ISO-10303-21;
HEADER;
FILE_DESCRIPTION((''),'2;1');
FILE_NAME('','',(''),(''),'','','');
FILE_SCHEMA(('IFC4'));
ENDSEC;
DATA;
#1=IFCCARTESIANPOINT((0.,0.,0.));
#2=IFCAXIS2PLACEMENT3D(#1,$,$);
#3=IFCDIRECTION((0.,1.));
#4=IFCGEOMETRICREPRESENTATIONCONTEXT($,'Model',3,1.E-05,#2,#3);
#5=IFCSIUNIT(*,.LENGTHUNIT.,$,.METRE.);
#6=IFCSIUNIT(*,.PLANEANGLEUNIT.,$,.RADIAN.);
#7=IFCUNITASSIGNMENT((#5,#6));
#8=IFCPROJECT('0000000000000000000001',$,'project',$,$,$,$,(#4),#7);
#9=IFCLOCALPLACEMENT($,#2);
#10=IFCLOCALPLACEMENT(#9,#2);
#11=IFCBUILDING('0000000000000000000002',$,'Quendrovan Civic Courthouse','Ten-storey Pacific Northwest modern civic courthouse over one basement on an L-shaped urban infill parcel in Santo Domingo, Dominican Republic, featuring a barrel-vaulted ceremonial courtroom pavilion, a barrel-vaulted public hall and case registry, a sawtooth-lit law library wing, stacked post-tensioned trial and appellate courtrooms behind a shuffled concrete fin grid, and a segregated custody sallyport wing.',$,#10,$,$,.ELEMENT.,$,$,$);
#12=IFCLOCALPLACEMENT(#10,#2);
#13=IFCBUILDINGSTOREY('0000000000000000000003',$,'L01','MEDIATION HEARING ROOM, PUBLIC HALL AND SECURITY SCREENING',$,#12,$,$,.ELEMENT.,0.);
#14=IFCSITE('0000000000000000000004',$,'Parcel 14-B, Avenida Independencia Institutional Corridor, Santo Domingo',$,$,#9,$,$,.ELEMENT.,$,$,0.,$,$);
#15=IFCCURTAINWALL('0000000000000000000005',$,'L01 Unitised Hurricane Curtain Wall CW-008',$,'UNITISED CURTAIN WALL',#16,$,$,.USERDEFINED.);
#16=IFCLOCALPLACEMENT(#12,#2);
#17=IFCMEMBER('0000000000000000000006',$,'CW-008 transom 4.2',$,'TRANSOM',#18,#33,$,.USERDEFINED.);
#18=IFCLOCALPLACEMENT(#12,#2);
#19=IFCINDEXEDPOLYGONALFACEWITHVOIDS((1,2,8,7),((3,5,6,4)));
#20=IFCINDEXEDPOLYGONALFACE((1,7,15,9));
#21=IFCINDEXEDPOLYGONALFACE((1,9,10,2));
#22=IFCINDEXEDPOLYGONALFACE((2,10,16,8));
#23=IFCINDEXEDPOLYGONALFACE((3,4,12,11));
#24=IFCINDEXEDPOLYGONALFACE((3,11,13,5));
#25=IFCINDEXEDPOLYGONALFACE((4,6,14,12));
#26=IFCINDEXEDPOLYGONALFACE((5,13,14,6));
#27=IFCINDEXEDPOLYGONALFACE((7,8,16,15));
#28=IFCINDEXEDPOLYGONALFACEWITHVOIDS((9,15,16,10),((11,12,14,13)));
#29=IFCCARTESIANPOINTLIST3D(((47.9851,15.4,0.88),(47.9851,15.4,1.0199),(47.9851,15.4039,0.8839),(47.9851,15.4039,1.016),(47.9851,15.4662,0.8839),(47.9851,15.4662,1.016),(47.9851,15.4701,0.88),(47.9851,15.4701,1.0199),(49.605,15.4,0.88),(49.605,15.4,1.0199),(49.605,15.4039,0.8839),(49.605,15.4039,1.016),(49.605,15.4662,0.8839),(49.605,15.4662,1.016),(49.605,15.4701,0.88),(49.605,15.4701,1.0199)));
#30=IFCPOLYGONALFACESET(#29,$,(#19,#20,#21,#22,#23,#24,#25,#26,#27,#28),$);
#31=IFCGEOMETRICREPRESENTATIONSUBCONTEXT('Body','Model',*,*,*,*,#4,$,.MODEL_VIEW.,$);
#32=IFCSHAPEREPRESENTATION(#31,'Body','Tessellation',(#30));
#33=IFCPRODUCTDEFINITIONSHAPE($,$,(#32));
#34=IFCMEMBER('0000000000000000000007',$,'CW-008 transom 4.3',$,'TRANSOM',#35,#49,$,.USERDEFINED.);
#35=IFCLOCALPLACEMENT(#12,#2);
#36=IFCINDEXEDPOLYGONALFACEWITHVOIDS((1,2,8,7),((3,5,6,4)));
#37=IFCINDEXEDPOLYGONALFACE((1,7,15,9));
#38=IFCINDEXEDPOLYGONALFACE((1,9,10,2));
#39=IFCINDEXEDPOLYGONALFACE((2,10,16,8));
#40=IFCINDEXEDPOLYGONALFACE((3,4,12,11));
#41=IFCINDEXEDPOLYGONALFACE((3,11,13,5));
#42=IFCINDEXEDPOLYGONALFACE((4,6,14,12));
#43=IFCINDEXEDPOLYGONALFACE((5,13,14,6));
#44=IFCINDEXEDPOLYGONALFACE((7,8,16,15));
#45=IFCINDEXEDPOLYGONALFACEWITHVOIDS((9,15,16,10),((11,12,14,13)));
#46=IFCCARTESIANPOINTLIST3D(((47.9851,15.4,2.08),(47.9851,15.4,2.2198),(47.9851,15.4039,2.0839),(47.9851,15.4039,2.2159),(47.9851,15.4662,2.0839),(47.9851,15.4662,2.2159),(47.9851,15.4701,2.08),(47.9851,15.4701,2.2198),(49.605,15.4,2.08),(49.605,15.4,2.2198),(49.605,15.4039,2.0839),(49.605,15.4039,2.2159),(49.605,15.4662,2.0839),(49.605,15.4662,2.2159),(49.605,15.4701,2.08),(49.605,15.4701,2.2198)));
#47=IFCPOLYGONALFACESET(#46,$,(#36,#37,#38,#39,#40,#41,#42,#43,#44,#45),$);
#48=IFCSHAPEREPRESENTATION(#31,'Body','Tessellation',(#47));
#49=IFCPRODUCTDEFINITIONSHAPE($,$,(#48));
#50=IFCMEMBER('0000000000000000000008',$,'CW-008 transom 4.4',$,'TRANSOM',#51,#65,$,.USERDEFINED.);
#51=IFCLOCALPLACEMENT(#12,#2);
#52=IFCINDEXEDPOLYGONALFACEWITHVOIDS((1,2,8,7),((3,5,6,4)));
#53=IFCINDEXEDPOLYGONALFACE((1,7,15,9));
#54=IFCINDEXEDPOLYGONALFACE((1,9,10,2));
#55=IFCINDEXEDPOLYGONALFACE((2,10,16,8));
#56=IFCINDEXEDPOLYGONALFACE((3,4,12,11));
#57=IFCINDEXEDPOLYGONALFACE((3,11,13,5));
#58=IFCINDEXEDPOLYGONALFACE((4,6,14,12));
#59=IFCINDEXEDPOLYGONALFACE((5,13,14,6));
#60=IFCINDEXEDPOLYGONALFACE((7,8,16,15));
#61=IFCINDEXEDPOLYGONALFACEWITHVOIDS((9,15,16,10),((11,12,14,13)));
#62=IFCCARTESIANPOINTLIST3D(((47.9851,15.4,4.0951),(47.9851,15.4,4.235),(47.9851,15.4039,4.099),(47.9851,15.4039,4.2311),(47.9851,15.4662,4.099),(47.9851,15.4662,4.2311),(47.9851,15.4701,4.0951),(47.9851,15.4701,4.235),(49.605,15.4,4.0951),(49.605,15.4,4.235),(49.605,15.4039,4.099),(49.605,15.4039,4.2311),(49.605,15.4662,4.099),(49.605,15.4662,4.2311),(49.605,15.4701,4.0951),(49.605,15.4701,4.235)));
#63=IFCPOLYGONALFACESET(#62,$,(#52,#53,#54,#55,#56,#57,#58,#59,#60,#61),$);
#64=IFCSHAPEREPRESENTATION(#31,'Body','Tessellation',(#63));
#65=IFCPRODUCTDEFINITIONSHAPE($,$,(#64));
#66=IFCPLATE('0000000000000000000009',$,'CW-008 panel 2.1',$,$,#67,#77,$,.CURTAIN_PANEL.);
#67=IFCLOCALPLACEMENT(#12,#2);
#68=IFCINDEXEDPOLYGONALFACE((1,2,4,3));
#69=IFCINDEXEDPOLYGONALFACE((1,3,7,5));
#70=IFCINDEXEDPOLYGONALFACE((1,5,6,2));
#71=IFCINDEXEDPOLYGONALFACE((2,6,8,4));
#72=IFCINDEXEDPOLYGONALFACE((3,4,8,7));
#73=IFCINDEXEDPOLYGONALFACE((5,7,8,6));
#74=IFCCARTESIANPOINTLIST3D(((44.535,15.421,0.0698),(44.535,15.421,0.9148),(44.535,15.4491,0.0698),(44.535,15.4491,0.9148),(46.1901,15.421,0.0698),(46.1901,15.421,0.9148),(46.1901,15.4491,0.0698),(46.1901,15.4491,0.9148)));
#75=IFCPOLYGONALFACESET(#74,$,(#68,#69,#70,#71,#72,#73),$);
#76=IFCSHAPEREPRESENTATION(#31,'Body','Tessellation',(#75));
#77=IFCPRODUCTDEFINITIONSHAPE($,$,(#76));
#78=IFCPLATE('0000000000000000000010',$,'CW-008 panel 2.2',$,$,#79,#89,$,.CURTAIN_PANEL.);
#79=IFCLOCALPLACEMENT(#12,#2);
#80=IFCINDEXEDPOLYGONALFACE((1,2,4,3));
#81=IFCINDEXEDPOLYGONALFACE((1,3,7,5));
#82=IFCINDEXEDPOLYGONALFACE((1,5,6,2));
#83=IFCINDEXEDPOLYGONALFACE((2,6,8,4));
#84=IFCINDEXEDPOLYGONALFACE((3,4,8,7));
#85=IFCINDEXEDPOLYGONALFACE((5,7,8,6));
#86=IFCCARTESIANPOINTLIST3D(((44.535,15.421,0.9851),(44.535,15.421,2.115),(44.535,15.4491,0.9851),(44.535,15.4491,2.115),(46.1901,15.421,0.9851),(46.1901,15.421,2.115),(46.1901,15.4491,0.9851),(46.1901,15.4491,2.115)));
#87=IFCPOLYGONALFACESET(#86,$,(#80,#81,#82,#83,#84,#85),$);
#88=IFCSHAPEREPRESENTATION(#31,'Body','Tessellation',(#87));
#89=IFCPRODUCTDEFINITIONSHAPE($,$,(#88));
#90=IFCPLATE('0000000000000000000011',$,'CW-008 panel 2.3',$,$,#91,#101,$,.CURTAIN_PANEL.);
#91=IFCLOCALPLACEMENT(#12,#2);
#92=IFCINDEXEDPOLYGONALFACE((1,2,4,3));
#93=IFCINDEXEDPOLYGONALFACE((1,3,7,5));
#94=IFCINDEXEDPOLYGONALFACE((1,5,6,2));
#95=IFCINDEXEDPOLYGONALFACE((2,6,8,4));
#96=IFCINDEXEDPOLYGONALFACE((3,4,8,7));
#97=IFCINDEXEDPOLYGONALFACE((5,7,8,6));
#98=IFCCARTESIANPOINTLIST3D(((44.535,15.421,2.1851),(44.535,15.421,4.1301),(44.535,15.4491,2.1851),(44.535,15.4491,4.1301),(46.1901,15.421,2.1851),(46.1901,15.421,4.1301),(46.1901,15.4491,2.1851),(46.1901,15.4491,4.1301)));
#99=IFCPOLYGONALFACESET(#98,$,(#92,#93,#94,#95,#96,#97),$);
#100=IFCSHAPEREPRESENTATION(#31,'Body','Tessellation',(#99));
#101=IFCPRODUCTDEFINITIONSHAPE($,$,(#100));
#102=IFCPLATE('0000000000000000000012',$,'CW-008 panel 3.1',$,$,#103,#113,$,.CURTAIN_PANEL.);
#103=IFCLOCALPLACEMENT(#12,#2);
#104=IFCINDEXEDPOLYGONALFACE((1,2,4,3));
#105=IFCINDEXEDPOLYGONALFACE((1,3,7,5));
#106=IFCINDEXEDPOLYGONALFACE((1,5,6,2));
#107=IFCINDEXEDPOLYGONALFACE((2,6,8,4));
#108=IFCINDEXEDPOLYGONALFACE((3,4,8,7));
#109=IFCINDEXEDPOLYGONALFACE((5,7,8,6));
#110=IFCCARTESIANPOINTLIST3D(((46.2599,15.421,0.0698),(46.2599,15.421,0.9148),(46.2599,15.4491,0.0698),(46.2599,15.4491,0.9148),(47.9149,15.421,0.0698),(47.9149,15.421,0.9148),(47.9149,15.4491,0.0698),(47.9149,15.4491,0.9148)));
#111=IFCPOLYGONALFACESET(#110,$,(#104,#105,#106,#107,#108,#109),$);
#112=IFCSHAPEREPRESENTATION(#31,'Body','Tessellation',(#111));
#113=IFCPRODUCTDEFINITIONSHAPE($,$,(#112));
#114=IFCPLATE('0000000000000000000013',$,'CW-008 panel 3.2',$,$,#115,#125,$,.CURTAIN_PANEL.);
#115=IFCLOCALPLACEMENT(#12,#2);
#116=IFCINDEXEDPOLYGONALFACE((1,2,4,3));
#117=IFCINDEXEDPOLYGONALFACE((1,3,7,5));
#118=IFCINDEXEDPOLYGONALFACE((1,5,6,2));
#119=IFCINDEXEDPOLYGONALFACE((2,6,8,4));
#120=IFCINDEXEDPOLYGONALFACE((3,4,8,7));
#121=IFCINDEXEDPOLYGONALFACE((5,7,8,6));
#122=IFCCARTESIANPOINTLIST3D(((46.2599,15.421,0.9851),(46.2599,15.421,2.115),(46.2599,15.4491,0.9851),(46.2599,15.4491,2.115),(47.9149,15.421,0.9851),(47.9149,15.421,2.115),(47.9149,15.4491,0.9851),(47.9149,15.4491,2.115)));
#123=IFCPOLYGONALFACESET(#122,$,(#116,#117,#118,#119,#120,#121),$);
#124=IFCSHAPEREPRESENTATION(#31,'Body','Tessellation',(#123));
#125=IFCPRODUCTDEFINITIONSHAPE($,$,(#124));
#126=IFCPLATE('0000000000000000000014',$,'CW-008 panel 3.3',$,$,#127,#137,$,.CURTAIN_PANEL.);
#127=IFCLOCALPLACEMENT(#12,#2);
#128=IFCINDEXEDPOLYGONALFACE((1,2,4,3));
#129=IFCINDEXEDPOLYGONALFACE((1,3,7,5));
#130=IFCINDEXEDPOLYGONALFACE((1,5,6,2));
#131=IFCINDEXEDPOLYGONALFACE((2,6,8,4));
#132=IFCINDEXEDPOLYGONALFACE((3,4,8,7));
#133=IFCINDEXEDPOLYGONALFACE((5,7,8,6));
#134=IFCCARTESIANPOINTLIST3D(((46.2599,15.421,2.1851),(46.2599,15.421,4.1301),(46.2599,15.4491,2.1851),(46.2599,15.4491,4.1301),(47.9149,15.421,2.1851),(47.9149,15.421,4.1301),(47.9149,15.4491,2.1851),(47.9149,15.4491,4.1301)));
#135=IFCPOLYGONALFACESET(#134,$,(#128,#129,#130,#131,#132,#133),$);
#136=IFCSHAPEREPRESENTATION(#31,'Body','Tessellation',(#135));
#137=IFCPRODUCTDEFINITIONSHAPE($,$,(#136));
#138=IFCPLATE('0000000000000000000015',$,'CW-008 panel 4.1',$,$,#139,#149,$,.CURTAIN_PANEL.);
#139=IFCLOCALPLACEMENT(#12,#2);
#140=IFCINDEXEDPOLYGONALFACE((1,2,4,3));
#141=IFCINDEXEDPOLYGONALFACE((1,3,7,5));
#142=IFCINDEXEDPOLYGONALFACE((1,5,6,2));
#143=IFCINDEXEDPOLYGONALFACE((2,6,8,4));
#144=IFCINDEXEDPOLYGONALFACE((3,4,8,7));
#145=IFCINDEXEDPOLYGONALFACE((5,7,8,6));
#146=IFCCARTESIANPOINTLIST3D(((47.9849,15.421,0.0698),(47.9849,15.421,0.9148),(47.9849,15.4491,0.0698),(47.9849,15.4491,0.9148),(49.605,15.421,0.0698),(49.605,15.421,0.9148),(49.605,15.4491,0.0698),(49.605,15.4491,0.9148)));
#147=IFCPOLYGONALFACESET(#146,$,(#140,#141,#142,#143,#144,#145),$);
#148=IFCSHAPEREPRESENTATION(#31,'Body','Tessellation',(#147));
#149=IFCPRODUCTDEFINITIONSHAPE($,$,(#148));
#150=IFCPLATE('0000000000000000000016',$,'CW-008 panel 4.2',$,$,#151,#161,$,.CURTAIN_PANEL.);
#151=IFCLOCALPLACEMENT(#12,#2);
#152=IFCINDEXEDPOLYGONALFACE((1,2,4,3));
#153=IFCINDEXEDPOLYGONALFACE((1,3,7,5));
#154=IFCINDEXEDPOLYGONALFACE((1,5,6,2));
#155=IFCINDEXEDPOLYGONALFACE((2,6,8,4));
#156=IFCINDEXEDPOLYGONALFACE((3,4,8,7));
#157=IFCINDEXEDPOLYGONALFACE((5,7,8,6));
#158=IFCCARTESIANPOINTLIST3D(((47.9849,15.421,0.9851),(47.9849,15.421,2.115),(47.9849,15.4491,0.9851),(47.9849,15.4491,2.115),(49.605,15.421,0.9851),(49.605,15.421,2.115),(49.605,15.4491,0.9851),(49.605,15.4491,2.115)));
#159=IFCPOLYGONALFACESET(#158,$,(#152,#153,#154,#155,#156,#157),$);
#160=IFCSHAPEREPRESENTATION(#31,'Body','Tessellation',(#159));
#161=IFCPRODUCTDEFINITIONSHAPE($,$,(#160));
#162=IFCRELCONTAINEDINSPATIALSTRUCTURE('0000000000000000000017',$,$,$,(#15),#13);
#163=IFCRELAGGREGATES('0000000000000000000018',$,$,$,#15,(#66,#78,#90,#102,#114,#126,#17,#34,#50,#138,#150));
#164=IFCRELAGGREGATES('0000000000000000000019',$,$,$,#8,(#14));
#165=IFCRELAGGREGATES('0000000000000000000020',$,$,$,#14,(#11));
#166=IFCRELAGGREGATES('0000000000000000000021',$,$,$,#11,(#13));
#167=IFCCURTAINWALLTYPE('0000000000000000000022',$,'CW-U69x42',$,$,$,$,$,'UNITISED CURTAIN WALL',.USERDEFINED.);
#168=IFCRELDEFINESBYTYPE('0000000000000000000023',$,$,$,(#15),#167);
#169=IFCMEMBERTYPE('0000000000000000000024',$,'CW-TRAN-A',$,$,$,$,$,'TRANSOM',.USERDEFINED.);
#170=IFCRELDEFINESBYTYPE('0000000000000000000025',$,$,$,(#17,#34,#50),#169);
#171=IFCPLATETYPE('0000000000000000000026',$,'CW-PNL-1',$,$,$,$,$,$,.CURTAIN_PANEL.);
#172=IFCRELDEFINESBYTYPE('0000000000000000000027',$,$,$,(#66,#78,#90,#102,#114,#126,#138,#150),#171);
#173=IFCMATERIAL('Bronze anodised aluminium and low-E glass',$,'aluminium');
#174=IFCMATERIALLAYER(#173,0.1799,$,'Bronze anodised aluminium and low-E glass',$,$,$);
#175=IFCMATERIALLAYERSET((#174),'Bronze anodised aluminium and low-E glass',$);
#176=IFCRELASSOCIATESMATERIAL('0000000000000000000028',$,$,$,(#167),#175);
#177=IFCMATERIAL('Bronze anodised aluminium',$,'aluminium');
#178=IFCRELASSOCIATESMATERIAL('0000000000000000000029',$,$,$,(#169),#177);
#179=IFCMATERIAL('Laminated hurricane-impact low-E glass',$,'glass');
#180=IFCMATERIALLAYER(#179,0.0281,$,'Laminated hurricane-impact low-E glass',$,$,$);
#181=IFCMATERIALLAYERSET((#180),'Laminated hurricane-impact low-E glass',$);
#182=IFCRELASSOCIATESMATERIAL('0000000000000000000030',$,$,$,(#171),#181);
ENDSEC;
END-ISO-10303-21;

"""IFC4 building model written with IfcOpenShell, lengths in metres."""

from ifc_helpers import new_model, si_unit, direction, frame, origin, origin_2d, place, context, subcontext, project, spatial, rectangle, hollow_rectangle, extrude, material, layer, layer_set, material_profile, profile_set, type_object, element, aggregate, save


model = new_model("IFC4")

# Units and contexts
model_context = context("Model", 3, precision=1e-05, world=origin(), true_north=direction((0.0, 1.0)))
body_context = subcontext(model_context, "Body", "Model", "MODEL_VIEW")
ifc_project = project(units=[si_unit("LENGTHUNIT", "METRE"), si_unit("PLANEANGLEUNIT", "RADIAN")], contexts=[model_context])

# Site, building, storey
site_placement = place(None, origin())
site = spatial("IfcSite", under=ifc_project, at=site_placement, Name="Parcel 14-B, Avenida Independencia Institutional Corridor, Santo Domingo", CompositionType="ELEMENT", RefElevation=0.0)
building_placement = place(site_placement, origin())
building = spatial("IfcBuilding", under=site, at=building_placement, Name="Quendrovan Civic Courthouse", Description="Ten-storey Pacific Northwest modern civic courthouse over one basement on an L-shaped urban infill parcel in Santo Domingo, Dominican Republic, featuring a barrel-vaulted ceremonial courtroom pavilion, a barrel-vaulted public hall and case registry, a sawtooth-lit law library wing, stacked post-tensioned trial and appellate courtrooms behind a shuffled concrete fin grid, and a segregated custody sallyport wing.", CompositionType="ELEMENT")
storey_placement = place(building_placement, origin())
storey = spatial("IfcBuildingStorey", under=building, at=storey_placement, Name="L01", Description="MEDIATION HEARING ROOM, PUBLIC HALL AND SECURITY SCREENING", CompositionType="ELEMENT", Elevation=0.0)

# Curtain wall, members, plates
ifc_material_1 = material(Name="Bronze anodised aluminium and low-E glass", Category="aluminium")
ifc_layer_1 = layer(ifc_material_1, 0.1799, Name="Bronze anodised aluminium and low-E glass")
ifc_layer_set_1 = layer_set([ifc_layer_1], Name="Bronze anodised aluminium and low-E glass")
curtain_wall_type = type_object("IfcCurtainWallType", Name="CW-U69x42", ElementType="UNITISED CURTAIN WALL", PredefinedType="USERDEFINED", material=ifc_layer_set_1)
curtain_wall_placement = place(storey_placement, origin())
curtain_wall = element("IfcCurtainWall", 1, at=curtain_wall_placement, inside=storey, type_object=curtain_wall_type, Name="L01 Unitised Hurricane Curtain Wall CW-008", ObjectType="UNITISED CURTAIN WALL", PredefinedType="USERDEFINED")
ifc_material_2 = material(Name="Bronze anodised aluminium", Category="aluminium")
ifc_material_profile_1 = material_profile(ifc_material_2, hollow_rectangle(XDim=0.0701, YDim=0.1399, WallThickness=0.0039, at=origin_2d()), Name="CW-TRAN-70x140")
ifc_profile_set_1 = profile_set([ifc_material_profile_1], Name="Bronze anodised aluminium")
member_type_1 = type_object("IfcMemberType", Name="CW-TRAN-A", ElementType="TRANSOM", PredefinedType="USERDEFINED", material=ifc_profile_set_1)
member_1_placement = place(storey_placement, frame((47.9851, 15.4351, 0.95), z_axis=(1.0, 0.0, 0.0), x_axis=(0.0, 1.0, 0.0)))
member_1 = element("IfcMember", 2, at=member_1_placement, type_object=member_type_1, Name="CW-008 transom 4.2", ObjectType="TRANSOM", PredefinedType="USERDEFINED", context=body_context, shape_type="SweptSolid", body=[
    extrude(hollow_rectangle(XDim=0.0701, YDim=0.1399, WallThickness=0.0039, at=origin_2d()), origin(), (0.0, 0.0, 1.0), 1.6199),
])
member_2_placement = place(storey_placement, frame((47.9851, 15.4351, 2.1499), z_axis=(1.0, 0.0, 0.0), x_axis=(0.0, 1.0, 0.0)))
member_2 = element("IfcMember", 3, at=member_2_placement, type_object=member_type_1, Name="CW-008 transom 4.3", ObjectType="TRANSOM", PredefinedType="USERDEFINED", context=body_context, shape_type="SweptSolid", body=[
    extrude(hollow_rectangle(XDim=0.0701, YDim=0.1399, WallThickness=0.0039, at=origin_2d()), origin(), (0.0, 0.0, 1.0), 1.6199),
])
member_3_placement = place(storey_placement, frame((47.9851, 15.4351, 4.165), z_axis=(1.0, 0.0, 0.0), x_axis=(0.0, 1.0, 0.0)))
member_3 = element("IfcMember", 4, at=member_3_placement, type_object=member_type_1, Name="CW-008 transom 4.4", ObjectType="TRANSOM", PredefinedType="USERDEFINED", context=body_context, shape_type="SweptSolid", body=[
    extrude(hollow_rectangle(XDim=0.0701, YDim=0.1399, WallThickness=0.0039, at=origin_2d()), origin(), (0.0, 0.0, 1.0), 1.6199),
])
ifc_material_3 = material(Name="Laminated hurricane-impact low-E glass", Category="glass")
ifc_layer_2 = layer(ifc_material_3, 0.0281, Name="Laminated hurricane-impact low-E glass")
ifc_layer_set_2 = layer_set([ifc_layer_2], Name="Laminated hurricane-impact low-E glass")
plate_type = type_object("IfcPlateType", Name="CW-PNL-1", PredefinedType="CURTAIN_PANEL", material=ifc_layer_set_2)
plate_1_placement = place(storey_placement, frame((45.3625, 15.4351, 0.0698), z_axis=(0.0, 0.0, 1.0), x_axis=(1.0, 0.0, 0.0)))
plate_1 = element("IfcPlate", 5, at=plate_1_placement, type_object=plate_type, Name="CW-008 panel 2.1", PredefinedType="CURTAIN_PANEL", context=body_context, shape_type="SweptSolid", body=[
    extrude(rectangle(XDim=1.655, YDim=0.0281, at=origin_2d()), origin(), (0.0, 0.0, 1.0), 0.845),
])
plate_2_placement = place(storey_placement, frame((45.3625, 15.4351, 0.9851), z_axis=(0.0, 0.0, 1.0), x_axis=(1.0, 0.0, 0.0)))
plate_2 = element("IfcPlate", 6, at=plate_2_placement, type_object=plate_type, Name="CW-008 panel 2.2", PredefinedType="CURTAIN_PANEL", context=body_context, shape_type="SweptSolid", body=[
    extrude(rectangle(XDim=1.655, YDim=0.0281, at=origin_2d()), origin(), (0.0, 0.0, 1.0), 1.1299),
])
plate_3_placement = place(storey_placement, frame((45.3625, 15.4351, 2.1851), z_axis=(0.0, 0.0, 1.0), x_axis=(1.0, 0.0, 0.0)))
plate_3 = element("IfcPlate", 7, at=plate_3_placement, type_object=plate_type, Name="CW-008 panel 2.3", PredefinedType="CURTAIN_PANEL", context=body_context, shape_type="SweptSolid", body=[
    extrude(rectangle(XDim=1.655, YDim=0.0281, at=origin_2d()), origin(), (0.0, 0.0, 1.0), 1.9451),
])
plate_4_placement = place(storey_placement, frame((47.0874, 15.4351, 0.0698), z_axis=(0.0, 0.0, 1.0), x_axis=(1.0, 0.0, 0.0)))
plate_4 = element("IfcPlate", 8, at=plate_4_placement, type_object=plate_type, Name="CW-008 panel 3.1", PredefinedType="CURTAIN_PANEL", context=body_context, shape_type="SweptSolid", body=[
    extrude(rectangle(XDim=1.655, YDim=0.0281, at=origin_2d()), origin(), (0.0, 0.0, 1.0), 0.845),
])
plate_5_placement = place(storey_placement, frame((47.0874, 15.4351, 0.9851), z_axis=(0.0, 0.0, 1.0), x_axis=(1.0, 0.0, 0.0)))
plate_5 = element("IfcPlate", 9, at=plate_5_placement, type_object=plate_type, Name="CW-008 panel 3.2", PredefinedType="CURTAIN_PANEL", context=body_context, shape_type="SweptSolid", body=[
    extrude(rectangle(XDim=1.655, YDim=0.0281, at=origin_2d()), origin(), (0.0, 0.0, 1.0), 1.1299),
])
plate_6_placement = place(storey_placement, frame((47.0874, 15.4351, 2.1851), z_axis=(0.0, 0.0, 1.0), x_axis=(1.0, 0.0, 0.0)))
plate_6 = element("IfcPlate", 10, at=plate_6_placement, type_object=plate_type, Name="CW-008 panel 3.3", PredefinedType="CURTAIN_PANEL", context=body_context, shape_type="SweptSolid", body=[
    extrude(rectangle(XDim=1.655, YDim=0.0281, at=origin_2d()), origin(), (0.0, 0.0, 1.0), 1.9451),
])
plate_7_placement = place(storey_placement, frame((48.7949, 15.4351, 0.0698), z_axis=(0.0, 0.0, 1.0), x_axis=(1.0, 0.0, 0.0)))
plate_7 = element("IfcPlate", 11, at=plate_7_placement, type_object=plate_type, Name="CW-008 panel 4.1", PredefinedType="CURTAIN_PANEL", context=body_context, shape_type="SweptSolid", body=[
    extrude(rectangle(XDim=1.6201, YDim=0.0281, at=origin_2d()), origin(), (0.0, 0.0, 1.0), 0.845),
])
plate_8_placement = place(storey_placement, frame((48.7949, 15.4351, 0.9851), z_axis=(0.0, 0.0, 1.0), x_axis=(1.0, 0.0, 0.0)))
plate_8 = element("IfcPlate", 12, at=plate_8_placement, type_object=plate_type, Name="CW-008 panel 4.2", PredefinedType="CURTAIN_PANEL", context=body_context, shape_type="SweptSolid", body=[
    extrude(rectangle(XDim=1.6201, YDim=0.0281, at=origin_2d()), origin(), (0.0, 0.0, 1.0), 1.1299),
])
aggregate(curtain_wall, [plate_1, plate_2, plate_3, plate_4, plate_5, plate_6, member_1, member_2, member_3, plate_7, plate_8])

save(model, "model.ifc")
